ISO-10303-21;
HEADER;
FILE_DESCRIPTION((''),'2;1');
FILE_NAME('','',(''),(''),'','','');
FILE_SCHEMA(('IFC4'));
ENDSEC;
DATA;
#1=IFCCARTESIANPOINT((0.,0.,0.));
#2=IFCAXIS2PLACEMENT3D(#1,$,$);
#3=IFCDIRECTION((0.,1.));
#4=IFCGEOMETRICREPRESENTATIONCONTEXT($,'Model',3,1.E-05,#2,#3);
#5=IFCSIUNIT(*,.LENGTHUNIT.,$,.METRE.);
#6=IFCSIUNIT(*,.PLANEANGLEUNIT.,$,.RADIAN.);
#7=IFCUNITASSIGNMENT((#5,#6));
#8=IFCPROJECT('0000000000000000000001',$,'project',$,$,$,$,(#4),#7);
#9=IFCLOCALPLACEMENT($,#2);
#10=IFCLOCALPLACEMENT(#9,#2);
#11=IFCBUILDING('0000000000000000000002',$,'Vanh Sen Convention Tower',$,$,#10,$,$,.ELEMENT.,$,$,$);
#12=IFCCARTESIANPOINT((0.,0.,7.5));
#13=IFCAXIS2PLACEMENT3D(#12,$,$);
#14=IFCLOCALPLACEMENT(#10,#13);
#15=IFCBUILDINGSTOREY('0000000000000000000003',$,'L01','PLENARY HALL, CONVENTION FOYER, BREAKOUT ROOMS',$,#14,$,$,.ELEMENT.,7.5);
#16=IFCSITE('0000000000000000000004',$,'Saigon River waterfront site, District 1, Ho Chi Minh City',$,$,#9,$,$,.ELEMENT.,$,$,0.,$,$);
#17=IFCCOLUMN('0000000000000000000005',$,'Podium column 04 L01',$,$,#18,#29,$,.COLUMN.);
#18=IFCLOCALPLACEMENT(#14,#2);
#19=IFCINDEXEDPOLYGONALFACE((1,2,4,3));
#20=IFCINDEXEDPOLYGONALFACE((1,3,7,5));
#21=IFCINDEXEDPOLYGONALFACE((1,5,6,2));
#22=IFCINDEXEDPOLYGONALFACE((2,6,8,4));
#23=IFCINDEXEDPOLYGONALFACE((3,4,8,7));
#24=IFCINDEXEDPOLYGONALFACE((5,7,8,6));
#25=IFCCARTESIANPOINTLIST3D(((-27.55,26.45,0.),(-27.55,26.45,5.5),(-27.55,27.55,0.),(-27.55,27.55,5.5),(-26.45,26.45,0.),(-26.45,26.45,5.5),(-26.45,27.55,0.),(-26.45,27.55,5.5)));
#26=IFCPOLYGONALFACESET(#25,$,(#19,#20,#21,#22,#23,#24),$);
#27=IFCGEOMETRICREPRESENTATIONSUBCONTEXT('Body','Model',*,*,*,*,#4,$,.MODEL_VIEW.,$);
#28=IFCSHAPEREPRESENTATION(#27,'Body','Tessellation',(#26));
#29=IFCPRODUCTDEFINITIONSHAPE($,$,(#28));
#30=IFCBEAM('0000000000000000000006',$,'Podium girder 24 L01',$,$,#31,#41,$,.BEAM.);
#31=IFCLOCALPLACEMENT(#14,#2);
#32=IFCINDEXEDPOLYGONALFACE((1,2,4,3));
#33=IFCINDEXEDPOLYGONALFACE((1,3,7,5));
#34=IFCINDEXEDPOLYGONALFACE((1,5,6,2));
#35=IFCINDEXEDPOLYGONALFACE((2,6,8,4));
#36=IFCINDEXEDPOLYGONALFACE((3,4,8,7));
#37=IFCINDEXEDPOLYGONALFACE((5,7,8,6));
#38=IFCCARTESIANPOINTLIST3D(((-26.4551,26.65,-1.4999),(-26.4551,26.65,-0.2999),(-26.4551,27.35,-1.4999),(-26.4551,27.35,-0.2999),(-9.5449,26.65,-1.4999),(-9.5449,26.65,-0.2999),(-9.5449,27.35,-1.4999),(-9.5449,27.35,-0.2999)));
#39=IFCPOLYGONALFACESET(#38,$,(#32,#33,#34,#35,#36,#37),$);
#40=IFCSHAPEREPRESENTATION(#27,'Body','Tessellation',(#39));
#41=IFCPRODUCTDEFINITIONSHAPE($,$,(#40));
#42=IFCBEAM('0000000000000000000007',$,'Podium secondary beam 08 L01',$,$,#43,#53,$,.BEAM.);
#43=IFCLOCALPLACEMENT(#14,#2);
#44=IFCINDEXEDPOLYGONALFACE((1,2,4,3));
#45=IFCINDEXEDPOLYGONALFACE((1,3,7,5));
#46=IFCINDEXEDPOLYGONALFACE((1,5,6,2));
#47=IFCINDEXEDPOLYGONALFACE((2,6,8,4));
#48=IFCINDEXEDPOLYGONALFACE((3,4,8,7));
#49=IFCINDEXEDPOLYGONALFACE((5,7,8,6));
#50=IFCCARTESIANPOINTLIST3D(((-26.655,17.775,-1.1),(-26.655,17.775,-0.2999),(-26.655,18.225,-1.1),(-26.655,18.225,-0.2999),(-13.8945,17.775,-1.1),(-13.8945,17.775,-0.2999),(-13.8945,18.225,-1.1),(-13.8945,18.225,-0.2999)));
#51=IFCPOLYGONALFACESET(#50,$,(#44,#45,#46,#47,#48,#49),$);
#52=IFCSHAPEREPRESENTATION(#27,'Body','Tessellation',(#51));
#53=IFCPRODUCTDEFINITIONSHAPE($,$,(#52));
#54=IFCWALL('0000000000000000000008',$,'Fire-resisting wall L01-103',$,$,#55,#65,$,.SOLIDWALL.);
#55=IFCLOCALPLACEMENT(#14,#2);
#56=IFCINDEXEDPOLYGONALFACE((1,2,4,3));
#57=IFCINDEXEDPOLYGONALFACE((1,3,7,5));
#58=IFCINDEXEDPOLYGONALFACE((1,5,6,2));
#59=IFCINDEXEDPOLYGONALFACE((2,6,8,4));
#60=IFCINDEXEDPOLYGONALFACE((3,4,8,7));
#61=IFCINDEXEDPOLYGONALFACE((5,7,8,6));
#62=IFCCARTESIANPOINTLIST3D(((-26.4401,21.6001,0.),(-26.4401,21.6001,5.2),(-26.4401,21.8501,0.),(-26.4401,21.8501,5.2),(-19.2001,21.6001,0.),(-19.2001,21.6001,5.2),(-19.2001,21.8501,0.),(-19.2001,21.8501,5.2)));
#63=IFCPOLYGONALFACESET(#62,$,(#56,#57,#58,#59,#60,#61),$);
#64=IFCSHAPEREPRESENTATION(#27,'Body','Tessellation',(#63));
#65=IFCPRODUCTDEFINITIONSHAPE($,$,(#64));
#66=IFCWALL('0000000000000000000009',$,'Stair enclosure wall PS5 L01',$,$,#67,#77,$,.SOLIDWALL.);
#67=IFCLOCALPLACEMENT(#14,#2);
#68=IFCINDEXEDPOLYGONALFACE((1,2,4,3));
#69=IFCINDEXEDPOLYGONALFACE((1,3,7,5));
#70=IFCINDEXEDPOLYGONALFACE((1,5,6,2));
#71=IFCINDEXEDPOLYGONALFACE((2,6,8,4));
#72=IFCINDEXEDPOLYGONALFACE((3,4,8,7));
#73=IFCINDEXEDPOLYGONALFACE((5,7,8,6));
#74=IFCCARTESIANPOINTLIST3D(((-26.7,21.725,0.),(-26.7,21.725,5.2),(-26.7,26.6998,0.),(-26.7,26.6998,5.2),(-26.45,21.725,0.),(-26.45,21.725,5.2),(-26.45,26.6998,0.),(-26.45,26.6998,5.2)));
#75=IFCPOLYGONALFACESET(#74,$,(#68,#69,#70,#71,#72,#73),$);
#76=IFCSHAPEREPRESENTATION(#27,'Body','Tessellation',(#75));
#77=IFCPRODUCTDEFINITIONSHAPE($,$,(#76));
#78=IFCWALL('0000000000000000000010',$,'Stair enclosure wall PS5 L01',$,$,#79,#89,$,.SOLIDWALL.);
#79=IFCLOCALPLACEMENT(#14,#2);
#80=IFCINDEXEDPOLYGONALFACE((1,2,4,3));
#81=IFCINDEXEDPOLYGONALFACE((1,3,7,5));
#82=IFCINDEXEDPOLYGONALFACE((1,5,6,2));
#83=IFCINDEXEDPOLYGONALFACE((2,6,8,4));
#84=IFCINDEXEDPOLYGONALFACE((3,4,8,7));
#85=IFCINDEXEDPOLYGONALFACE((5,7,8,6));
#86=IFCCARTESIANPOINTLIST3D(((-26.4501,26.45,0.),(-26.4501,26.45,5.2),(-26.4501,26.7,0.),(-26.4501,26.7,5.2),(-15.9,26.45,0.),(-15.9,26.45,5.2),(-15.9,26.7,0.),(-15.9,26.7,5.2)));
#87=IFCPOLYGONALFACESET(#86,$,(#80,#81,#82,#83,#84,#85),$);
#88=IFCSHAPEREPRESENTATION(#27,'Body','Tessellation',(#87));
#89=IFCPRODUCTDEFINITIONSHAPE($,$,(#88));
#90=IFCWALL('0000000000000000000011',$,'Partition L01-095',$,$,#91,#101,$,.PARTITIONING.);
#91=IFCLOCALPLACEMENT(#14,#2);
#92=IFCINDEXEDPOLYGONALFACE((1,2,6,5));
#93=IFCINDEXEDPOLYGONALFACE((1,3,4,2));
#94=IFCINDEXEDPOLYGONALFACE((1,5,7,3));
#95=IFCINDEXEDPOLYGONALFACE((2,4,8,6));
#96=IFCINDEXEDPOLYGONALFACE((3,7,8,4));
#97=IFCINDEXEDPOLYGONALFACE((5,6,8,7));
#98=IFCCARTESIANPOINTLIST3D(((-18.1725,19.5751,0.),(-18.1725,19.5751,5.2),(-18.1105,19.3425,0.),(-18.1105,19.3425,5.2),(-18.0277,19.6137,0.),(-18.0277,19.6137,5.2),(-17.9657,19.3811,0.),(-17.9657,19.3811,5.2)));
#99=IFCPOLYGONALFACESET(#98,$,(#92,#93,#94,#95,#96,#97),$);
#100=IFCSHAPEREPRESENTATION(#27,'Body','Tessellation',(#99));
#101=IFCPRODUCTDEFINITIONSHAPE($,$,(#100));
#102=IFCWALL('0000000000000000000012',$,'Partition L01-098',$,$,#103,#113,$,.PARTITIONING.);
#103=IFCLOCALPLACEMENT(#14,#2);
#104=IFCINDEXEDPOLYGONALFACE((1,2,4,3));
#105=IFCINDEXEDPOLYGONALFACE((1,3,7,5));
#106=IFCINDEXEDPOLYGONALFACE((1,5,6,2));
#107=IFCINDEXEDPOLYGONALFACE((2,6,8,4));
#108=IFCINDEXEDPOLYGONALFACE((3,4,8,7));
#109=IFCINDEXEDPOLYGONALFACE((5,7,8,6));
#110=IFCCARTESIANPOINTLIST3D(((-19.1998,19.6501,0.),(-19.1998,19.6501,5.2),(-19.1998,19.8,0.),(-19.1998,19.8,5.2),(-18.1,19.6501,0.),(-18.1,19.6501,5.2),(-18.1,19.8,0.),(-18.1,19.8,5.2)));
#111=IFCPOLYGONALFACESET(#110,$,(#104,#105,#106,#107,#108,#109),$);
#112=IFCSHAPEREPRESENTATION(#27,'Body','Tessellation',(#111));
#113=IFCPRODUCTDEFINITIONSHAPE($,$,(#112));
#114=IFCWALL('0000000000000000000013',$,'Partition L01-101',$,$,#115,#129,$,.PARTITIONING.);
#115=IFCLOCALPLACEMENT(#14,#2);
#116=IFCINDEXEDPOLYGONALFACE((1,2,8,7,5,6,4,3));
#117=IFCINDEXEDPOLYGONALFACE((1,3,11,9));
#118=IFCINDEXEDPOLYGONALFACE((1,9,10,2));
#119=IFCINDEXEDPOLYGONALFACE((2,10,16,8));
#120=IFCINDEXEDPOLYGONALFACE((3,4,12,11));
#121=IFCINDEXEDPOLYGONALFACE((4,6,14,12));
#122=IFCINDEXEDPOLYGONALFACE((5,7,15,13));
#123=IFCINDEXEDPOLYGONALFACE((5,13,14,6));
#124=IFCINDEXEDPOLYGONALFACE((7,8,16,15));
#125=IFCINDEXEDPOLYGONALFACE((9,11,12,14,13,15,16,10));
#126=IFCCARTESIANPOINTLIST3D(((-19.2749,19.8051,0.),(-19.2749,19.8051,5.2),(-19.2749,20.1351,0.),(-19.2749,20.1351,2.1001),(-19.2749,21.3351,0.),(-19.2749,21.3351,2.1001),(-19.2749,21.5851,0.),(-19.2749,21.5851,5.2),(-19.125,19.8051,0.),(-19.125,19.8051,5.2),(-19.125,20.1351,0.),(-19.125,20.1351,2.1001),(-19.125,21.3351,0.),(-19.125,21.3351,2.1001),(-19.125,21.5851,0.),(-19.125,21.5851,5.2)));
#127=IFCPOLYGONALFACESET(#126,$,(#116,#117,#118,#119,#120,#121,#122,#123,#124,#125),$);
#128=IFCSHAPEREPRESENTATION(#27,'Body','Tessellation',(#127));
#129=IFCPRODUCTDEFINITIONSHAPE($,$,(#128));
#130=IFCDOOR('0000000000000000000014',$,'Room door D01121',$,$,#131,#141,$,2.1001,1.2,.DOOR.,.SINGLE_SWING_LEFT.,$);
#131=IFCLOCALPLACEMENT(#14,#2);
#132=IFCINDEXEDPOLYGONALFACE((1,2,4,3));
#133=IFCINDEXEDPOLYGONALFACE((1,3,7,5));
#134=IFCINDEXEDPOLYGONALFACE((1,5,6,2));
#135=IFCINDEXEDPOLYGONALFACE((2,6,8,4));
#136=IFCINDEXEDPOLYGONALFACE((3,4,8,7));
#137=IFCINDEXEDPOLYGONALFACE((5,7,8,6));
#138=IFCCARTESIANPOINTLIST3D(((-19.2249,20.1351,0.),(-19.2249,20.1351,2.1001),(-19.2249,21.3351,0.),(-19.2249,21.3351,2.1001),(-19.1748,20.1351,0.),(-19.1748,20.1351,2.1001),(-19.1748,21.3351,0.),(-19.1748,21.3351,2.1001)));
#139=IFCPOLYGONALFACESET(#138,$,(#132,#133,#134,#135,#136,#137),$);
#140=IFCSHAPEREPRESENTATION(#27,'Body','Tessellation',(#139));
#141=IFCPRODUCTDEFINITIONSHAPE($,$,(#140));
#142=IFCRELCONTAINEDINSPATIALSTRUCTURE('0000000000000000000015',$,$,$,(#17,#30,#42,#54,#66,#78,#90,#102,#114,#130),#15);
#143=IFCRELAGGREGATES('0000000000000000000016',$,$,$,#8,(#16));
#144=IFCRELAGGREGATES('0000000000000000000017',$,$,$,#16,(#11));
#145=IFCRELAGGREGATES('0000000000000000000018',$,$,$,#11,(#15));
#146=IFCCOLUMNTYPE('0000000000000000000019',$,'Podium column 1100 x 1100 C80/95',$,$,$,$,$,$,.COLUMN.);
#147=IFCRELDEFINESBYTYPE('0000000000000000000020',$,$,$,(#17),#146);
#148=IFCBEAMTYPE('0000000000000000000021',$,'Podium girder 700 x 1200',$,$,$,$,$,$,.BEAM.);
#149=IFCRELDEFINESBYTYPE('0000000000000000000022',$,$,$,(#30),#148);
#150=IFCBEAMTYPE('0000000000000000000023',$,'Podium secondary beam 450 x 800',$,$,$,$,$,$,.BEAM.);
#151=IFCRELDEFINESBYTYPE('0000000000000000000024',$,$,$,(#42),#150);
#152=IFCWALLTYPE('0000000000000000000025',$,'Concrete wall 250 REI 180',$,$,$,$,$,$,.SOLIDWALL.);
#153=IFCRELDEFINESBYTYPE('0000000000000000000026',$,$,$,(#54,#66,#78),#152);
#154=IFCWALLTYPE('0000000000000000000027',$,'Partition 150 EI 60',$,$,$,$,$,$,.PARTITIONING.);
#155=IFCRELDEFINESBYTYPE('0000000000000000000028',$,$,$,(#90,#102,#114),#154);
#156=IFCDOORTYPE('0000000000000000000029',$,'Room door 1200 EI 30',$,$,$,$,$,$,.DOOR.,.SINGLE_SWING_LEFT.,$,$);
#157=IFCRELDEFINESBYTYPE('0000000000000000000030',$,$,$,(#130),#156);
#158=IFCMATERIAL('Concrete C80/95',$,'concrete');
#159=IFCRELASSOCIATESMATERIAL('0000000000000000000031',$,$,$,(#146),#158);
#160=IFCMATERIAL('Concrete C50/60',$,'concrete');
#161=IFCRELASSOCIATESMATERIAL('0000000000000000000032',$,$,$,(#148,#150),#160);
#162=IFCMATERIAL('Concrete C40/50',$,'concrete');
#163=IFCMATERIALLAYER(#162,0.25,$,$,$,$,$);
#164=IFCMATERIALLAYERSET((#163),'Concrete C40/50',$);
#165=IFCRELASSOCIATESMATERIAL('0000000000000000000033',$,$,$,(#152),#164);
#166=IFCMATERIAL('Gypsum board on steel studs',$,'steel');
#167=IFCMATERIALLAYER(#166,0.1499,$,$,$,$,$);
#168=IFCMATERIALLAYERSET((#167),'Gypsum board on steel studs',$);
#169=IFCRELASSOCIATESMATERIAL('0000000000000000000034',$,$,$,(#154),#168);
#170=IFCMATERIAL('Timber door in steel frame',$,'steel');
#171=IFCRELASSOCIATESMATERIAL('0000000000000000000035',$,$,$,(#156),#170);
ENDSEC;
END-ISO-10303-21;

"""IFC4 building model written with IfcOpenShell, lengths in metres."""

from ifc_helpers import new_model, si_unit, direction, frame, frame_2d, origin, origin_2d, place, context, subcontext, project, spatial, rectangle, extrude, material, layer, layer_set, material_profile, profile_set, type_object, element, fill, save


model = new_model("IFC4")

# Units and contexts
model_context = context("Model", 3, precision=1e-05, world=origin(), true_north=direction((0.0, 1.0)))
body_context = subcontext(model_context, "Body", "Model", "MODEL_VIEW")
ifc_project = project(units=[si_unit("LENGTHUNIT", "METRE"), si_unit("PLANEANGLEUNIT", "RADIAN")], contexts=[model_context])

# Site, building, storey
site_placement = place(None, origin())
site = spatial("IfcSite", under=ifc_project, at=site_placement, Name="Saigon River waterfront site, District 1, Ho Chi Minh City", CompositionType="ELEMENT", RefElevation=0.0)
building_placement = place(site_placement, origin())
building = spatial("IfcBuilding", under=site, at=building_placement, Name="Vanh Sen Convention Tower", CompositionType="ELEMENT")
storey_placement = place(building_placement, frame((0.0, 0.0, 7.5)))
storey = spatial("IfcBuildingStorey", under=building, at=storey_placement, Name="L01", Description="PLENARY HALL, CONVENTION FOYER, BREAKOUT ROOMS", CompositionType="ELEMENT", Elevation=7.5)

# Column
ifc_material_1 = material(Name="Concrete C80/95", Category="concrete")
ifc_material_profile_1 = material_profile(ifc_material_1, rectangle(XDim=1.1001, YDim=1.1001, at=origin_2d()), Name="RC 1100X1100")
ifc_profile_set_1 = profile_set([ifc_material_profile_1], Name="Concrete C80/95")
column_type = type_object("IfcColumnType", Name="Podium column 1100 x 1100 C80/95", PredefinedType="COLUMN", material=ifc_profile_set_1)
column_placement = place(storey_placement, frame((-27.0, 27.0, 0.0), z_axis=(0.0, 0.0, 1.0), x_axis=(1.0, 0.0, 0.0)))
element("IfcColumn", 1, at=column_placement, inside=storey, type_object=column_type, Name="Podium column 04 L01", PredefinedType="COLUMN", context=body_context, shape_type="SweptSolid", body=[
    extrude(rectangle(XDim=1.1001, YDim=1.1001, at=origin_2d()), origin(), (0.0, 0.0, 1.0), 5.5),
])

# Beams
ifc_material_2 = material(Name="Concrete C50/60", Category="concrete")
ifc_material_profile_2 = material_profile(ifc_material_2, rectangle(XDim=0.7, YDim=1.2, at=origin_2d()), Name="RC 700X1200")
ifc_profile_set_2 = profile_set([ifc_material_profile_2], Name="Concrete C50/60")
beam_type_1 = type_object("IfcBeamType", Name="Podium girder 700 x 1200", PredefinedType="BEAM", material=ifc_profile_set_2)
beam_1_placement = place(storey_placement, frame((-26.4551, 27.0, -0.8999), z_axis=(1.0, 0.0, 0.0), x_axis=(0.0, 1.0, 0.0)))
element("IfcBeam", 2, at=beam_1_placement, inside=storey, type_object=beam_type_1, Name="Podium girder 24 L01", PredefinedType="BEAM", context=body_context, shape_type="SweptSolid", body=[
    extrude(rectangle(XDim=0.7, YDim=1.2, at=origin_2d()), origin(), (0.0, 0.0, 1.0), 16.9102),
])
ifc_material_profile_3 = material_profile(ifc_material_2, rectangle(XDim=0.45, YDim=0.8, at=origin_2d()), Name="RC 450X800")
ifc_profile_set_3 = profile_set([ifc_material_profile_3], Name="Concrete C50/60")
beam_type_2 = type_object("IfcBeamType", Name="Podium secondary beam 450 x 800", PredefinedType="BEAM", material=ifc_profile_set_3)
beam_2_placement = place(storey_placement, frame((-26.655, 18.0, -0.7), z_axis=(1.0, 0.0, 0.0), x_axis=(0.0, 1.0, 0.0)))
element("IfcBeam", 3, at=beam_2_placement, inside=storey, type_object=beam_type_2, Name="Podium secondary beam 08 L01", PredefinedType="BEAM", context=body_context, shape_type="SweptSolid", body=[
    extrude(rectangle(XDim=0.45, YDim=0.8, at=origin_2d()), origin(), (0.0, 0.0, 1.0), 12.7605),
])

# Walls
ifc_material_3 = material(Name="Concrete C40/50", Category="concrete")
ifc_layer_1 = layer(ifc_material_3, 0.25)
ifc_layer_set_1 = layer_set([ifc_layer_1], Name="Concrete C40/50")
wall_type_1 = type_object("IfcWallType", Name="Concrete wall 250 REI 180", PredefinedType="SOLIDWALL", material=ifc_layer_set_1)
wall_1_placement = place(storey_placement, frame((-19.2, 21.7251, 0.0), z_axis=(0.0, 0.0, 1.0), x_axis=(-1.0, 0.0, 0.0)))
element("IfcWall", 4, at=wall_1_placement, inside=storey, type_object=wall_type_1, Name="Fire-resisting wall L01-103", PredefinedType="SOLIDWALL", context=body_context, shape_type="SweptSolid", body=[
    extrude(rectangle(XDim=7.24, YDim=0.25, at=frame_2d((3.6201, 0.0))), origin(), (0.0, 0.0, 1.0), 5.2),
])
wall_2_placement = place(storey_placement, frame((-26.575, 21.7251, 0.0), z_axis=(0.0, 0.0, 1.0), x_axis=(0.0, 1.0, 0.0)))
element("IfcWall", 5, at=wall_2_placement, inside=storey, type_object=wall_type_1, Name="Stair enclosure wall PS5 L01", PredefinedType="SOLIDWALL", context=body_context, shape_type="SweptSolid", body=[
    extrude(rectangle(XDim=4.9749, YDim=0.25, at=frame_2d((2.4873, 0.0))), origin(), (0.0, 0.0, 1.0), 5.2),
])
wall_3_placement = place(storey_placement, frame((-26.45, 26.575, 0.0), z_axis=(0.0, 0.0, 1.0), x_axis=(1.0, 0.0, 0.0)))
element("IfcWall", 6, at=wall_3_placement, inside=storey, type_object=wall_type_1, Name="Stair enclosure wall PS5 L01", PredefinedType="SOLIDWALL", context=body_context, shape_type="SweptSolid", body=[
    extrude(rectangle(XDim=10.55, YDim=0.25, at=frame_2d((5.2749, 0.0))), origin(), (0.0, 0.0, 1.0), 5.2),
])
ifc_material_4 = material(Name="Gypsum board on steel studs", Category="steel")
ifc_layer_2 = layer(ifc_material_4, 0.1499)
ifc_layer_set_2 = layer_set([ifc_layer_2], Name="Gypsum board on steel studs")
wall_type_2 = type_object("IfcWallType", Name="Partition 150 EI 60", PredefinedType="PARTITIONING", material=ifc_layer_set_2)
wall_4_placement = place(storey_placement, frame((-18.0381, 19.3618, 0.0), z_axis=(0.0, 0.0, 1.0), x_axis=(-0.257536, 0.966269, 0.0)))
element("IfcWall", 7, at=wall_4_placement, inside=storey, type_object=wall_type_2, Name="Partition L01-095", PredefinedType="PARTITIONING", context=body_context, shape_type="SweptSolid", body=[
    extrude(rectangle(XDim=0.2407, YDim=0.1499, at=frame_2d((0.1204, 0.0))), origin(), (0.0, 0.0, 1.0), 5.2),
])
wall_5_placement = place(storey_placement, frame((-18.1001, 19.7251, 0.0), z_axis=(0.0, 0.0, 1.0), x_axis=(-1.0, 0.0, 0.0)))
element("IfcWall", 8, at=wall_5_placement, inside=storey, type_object=wall_type_2, Name="Partition L01-098", PredefinedType="PARTITIONING", context=body_context, shape_type="SweptSolid", body=[
    extrude(rectangle(XDim=1.0999, YDim=0.1499, at=frame_2d((0.5498, 0.0))), origin(), (0.0, 0.0, 1.0), 5.2),
])

# Wall, opening, door
wall_6_placement = place(storey_placement, frame((-19.2, 19.8049, 0.0), z_axis=(0.0, 0.0, 1.0), x_axis=(0.0, 1.0, 0.0)))
wall_6 = element("IfcWall", 9, at=wall_6_placement, inside=storey, type_object=wall_type_2, Name="Partition L01-101", PredefinedType="PARTITIONING", context=body_context, shape_type="SweptSolid", body=[
    extrude(rectangle(XDim=1.78, YDim=0.1499, at=frame_2d((0.8901, 0.0))), origin(), (0.0, 0.0, 1.0), 5.2),
])
opening_1_placement = place(wall_6_placement, frame((0.3301, 0.0, 0.0)))
opening_1 = element("IfcOpeningElement", 10, at=opening_1_placement, cuts=wall_6, PredefinedType="OPENING", context=body_context, shape_type="SweptSolid", body=[
    extrude(rectangle(XDim=1.2, YDim=2.1001, at=frame_2d((0.6001, 1.05))), frame((0.0, 0.085, 0.0), z_axis=(0.0, -1.0, 0.0), x_axis=(1.0, 0.0, 0.0)), (0.0, 0.0, 1.0), 0.1699),
])
ifc_material_5 = material(Name="Timber door in steel frame", Category="steel")
door_type = type_object("IfcDoorType", Name="Room door 1200 EI 30", OperationType="SINGLE_SWING_LEFT", PredefinedType="DOOR", material=ifc_material_5)
door_placement = place(opening_1_placement, origin())
door = element("IfcDoor", 11, at=door_placement, inside=storey, type_object=door_type, Name="Room door D01121", OperationType="SINGLE_SWING_LEFT", OverallHeight=2.1001, OverallWidth=1.2, PredefinedType="DOOR", context=body_context, shape_type="SweptSolid", body=[
    extrude(rectangle(XDim=1.2, YDim=2.1001, at=frame_2d((0.6001, 1.05))), frame((0.0, 0.0249, 0.0), z_axis=(0.0, -1.0, 0.0), x_axis=(1.0, 0.0, 0.0)), (0.0, 0.0, 1.0), 0.05),
])
fill(opening_1, door)

save(model, "model.ifc")
